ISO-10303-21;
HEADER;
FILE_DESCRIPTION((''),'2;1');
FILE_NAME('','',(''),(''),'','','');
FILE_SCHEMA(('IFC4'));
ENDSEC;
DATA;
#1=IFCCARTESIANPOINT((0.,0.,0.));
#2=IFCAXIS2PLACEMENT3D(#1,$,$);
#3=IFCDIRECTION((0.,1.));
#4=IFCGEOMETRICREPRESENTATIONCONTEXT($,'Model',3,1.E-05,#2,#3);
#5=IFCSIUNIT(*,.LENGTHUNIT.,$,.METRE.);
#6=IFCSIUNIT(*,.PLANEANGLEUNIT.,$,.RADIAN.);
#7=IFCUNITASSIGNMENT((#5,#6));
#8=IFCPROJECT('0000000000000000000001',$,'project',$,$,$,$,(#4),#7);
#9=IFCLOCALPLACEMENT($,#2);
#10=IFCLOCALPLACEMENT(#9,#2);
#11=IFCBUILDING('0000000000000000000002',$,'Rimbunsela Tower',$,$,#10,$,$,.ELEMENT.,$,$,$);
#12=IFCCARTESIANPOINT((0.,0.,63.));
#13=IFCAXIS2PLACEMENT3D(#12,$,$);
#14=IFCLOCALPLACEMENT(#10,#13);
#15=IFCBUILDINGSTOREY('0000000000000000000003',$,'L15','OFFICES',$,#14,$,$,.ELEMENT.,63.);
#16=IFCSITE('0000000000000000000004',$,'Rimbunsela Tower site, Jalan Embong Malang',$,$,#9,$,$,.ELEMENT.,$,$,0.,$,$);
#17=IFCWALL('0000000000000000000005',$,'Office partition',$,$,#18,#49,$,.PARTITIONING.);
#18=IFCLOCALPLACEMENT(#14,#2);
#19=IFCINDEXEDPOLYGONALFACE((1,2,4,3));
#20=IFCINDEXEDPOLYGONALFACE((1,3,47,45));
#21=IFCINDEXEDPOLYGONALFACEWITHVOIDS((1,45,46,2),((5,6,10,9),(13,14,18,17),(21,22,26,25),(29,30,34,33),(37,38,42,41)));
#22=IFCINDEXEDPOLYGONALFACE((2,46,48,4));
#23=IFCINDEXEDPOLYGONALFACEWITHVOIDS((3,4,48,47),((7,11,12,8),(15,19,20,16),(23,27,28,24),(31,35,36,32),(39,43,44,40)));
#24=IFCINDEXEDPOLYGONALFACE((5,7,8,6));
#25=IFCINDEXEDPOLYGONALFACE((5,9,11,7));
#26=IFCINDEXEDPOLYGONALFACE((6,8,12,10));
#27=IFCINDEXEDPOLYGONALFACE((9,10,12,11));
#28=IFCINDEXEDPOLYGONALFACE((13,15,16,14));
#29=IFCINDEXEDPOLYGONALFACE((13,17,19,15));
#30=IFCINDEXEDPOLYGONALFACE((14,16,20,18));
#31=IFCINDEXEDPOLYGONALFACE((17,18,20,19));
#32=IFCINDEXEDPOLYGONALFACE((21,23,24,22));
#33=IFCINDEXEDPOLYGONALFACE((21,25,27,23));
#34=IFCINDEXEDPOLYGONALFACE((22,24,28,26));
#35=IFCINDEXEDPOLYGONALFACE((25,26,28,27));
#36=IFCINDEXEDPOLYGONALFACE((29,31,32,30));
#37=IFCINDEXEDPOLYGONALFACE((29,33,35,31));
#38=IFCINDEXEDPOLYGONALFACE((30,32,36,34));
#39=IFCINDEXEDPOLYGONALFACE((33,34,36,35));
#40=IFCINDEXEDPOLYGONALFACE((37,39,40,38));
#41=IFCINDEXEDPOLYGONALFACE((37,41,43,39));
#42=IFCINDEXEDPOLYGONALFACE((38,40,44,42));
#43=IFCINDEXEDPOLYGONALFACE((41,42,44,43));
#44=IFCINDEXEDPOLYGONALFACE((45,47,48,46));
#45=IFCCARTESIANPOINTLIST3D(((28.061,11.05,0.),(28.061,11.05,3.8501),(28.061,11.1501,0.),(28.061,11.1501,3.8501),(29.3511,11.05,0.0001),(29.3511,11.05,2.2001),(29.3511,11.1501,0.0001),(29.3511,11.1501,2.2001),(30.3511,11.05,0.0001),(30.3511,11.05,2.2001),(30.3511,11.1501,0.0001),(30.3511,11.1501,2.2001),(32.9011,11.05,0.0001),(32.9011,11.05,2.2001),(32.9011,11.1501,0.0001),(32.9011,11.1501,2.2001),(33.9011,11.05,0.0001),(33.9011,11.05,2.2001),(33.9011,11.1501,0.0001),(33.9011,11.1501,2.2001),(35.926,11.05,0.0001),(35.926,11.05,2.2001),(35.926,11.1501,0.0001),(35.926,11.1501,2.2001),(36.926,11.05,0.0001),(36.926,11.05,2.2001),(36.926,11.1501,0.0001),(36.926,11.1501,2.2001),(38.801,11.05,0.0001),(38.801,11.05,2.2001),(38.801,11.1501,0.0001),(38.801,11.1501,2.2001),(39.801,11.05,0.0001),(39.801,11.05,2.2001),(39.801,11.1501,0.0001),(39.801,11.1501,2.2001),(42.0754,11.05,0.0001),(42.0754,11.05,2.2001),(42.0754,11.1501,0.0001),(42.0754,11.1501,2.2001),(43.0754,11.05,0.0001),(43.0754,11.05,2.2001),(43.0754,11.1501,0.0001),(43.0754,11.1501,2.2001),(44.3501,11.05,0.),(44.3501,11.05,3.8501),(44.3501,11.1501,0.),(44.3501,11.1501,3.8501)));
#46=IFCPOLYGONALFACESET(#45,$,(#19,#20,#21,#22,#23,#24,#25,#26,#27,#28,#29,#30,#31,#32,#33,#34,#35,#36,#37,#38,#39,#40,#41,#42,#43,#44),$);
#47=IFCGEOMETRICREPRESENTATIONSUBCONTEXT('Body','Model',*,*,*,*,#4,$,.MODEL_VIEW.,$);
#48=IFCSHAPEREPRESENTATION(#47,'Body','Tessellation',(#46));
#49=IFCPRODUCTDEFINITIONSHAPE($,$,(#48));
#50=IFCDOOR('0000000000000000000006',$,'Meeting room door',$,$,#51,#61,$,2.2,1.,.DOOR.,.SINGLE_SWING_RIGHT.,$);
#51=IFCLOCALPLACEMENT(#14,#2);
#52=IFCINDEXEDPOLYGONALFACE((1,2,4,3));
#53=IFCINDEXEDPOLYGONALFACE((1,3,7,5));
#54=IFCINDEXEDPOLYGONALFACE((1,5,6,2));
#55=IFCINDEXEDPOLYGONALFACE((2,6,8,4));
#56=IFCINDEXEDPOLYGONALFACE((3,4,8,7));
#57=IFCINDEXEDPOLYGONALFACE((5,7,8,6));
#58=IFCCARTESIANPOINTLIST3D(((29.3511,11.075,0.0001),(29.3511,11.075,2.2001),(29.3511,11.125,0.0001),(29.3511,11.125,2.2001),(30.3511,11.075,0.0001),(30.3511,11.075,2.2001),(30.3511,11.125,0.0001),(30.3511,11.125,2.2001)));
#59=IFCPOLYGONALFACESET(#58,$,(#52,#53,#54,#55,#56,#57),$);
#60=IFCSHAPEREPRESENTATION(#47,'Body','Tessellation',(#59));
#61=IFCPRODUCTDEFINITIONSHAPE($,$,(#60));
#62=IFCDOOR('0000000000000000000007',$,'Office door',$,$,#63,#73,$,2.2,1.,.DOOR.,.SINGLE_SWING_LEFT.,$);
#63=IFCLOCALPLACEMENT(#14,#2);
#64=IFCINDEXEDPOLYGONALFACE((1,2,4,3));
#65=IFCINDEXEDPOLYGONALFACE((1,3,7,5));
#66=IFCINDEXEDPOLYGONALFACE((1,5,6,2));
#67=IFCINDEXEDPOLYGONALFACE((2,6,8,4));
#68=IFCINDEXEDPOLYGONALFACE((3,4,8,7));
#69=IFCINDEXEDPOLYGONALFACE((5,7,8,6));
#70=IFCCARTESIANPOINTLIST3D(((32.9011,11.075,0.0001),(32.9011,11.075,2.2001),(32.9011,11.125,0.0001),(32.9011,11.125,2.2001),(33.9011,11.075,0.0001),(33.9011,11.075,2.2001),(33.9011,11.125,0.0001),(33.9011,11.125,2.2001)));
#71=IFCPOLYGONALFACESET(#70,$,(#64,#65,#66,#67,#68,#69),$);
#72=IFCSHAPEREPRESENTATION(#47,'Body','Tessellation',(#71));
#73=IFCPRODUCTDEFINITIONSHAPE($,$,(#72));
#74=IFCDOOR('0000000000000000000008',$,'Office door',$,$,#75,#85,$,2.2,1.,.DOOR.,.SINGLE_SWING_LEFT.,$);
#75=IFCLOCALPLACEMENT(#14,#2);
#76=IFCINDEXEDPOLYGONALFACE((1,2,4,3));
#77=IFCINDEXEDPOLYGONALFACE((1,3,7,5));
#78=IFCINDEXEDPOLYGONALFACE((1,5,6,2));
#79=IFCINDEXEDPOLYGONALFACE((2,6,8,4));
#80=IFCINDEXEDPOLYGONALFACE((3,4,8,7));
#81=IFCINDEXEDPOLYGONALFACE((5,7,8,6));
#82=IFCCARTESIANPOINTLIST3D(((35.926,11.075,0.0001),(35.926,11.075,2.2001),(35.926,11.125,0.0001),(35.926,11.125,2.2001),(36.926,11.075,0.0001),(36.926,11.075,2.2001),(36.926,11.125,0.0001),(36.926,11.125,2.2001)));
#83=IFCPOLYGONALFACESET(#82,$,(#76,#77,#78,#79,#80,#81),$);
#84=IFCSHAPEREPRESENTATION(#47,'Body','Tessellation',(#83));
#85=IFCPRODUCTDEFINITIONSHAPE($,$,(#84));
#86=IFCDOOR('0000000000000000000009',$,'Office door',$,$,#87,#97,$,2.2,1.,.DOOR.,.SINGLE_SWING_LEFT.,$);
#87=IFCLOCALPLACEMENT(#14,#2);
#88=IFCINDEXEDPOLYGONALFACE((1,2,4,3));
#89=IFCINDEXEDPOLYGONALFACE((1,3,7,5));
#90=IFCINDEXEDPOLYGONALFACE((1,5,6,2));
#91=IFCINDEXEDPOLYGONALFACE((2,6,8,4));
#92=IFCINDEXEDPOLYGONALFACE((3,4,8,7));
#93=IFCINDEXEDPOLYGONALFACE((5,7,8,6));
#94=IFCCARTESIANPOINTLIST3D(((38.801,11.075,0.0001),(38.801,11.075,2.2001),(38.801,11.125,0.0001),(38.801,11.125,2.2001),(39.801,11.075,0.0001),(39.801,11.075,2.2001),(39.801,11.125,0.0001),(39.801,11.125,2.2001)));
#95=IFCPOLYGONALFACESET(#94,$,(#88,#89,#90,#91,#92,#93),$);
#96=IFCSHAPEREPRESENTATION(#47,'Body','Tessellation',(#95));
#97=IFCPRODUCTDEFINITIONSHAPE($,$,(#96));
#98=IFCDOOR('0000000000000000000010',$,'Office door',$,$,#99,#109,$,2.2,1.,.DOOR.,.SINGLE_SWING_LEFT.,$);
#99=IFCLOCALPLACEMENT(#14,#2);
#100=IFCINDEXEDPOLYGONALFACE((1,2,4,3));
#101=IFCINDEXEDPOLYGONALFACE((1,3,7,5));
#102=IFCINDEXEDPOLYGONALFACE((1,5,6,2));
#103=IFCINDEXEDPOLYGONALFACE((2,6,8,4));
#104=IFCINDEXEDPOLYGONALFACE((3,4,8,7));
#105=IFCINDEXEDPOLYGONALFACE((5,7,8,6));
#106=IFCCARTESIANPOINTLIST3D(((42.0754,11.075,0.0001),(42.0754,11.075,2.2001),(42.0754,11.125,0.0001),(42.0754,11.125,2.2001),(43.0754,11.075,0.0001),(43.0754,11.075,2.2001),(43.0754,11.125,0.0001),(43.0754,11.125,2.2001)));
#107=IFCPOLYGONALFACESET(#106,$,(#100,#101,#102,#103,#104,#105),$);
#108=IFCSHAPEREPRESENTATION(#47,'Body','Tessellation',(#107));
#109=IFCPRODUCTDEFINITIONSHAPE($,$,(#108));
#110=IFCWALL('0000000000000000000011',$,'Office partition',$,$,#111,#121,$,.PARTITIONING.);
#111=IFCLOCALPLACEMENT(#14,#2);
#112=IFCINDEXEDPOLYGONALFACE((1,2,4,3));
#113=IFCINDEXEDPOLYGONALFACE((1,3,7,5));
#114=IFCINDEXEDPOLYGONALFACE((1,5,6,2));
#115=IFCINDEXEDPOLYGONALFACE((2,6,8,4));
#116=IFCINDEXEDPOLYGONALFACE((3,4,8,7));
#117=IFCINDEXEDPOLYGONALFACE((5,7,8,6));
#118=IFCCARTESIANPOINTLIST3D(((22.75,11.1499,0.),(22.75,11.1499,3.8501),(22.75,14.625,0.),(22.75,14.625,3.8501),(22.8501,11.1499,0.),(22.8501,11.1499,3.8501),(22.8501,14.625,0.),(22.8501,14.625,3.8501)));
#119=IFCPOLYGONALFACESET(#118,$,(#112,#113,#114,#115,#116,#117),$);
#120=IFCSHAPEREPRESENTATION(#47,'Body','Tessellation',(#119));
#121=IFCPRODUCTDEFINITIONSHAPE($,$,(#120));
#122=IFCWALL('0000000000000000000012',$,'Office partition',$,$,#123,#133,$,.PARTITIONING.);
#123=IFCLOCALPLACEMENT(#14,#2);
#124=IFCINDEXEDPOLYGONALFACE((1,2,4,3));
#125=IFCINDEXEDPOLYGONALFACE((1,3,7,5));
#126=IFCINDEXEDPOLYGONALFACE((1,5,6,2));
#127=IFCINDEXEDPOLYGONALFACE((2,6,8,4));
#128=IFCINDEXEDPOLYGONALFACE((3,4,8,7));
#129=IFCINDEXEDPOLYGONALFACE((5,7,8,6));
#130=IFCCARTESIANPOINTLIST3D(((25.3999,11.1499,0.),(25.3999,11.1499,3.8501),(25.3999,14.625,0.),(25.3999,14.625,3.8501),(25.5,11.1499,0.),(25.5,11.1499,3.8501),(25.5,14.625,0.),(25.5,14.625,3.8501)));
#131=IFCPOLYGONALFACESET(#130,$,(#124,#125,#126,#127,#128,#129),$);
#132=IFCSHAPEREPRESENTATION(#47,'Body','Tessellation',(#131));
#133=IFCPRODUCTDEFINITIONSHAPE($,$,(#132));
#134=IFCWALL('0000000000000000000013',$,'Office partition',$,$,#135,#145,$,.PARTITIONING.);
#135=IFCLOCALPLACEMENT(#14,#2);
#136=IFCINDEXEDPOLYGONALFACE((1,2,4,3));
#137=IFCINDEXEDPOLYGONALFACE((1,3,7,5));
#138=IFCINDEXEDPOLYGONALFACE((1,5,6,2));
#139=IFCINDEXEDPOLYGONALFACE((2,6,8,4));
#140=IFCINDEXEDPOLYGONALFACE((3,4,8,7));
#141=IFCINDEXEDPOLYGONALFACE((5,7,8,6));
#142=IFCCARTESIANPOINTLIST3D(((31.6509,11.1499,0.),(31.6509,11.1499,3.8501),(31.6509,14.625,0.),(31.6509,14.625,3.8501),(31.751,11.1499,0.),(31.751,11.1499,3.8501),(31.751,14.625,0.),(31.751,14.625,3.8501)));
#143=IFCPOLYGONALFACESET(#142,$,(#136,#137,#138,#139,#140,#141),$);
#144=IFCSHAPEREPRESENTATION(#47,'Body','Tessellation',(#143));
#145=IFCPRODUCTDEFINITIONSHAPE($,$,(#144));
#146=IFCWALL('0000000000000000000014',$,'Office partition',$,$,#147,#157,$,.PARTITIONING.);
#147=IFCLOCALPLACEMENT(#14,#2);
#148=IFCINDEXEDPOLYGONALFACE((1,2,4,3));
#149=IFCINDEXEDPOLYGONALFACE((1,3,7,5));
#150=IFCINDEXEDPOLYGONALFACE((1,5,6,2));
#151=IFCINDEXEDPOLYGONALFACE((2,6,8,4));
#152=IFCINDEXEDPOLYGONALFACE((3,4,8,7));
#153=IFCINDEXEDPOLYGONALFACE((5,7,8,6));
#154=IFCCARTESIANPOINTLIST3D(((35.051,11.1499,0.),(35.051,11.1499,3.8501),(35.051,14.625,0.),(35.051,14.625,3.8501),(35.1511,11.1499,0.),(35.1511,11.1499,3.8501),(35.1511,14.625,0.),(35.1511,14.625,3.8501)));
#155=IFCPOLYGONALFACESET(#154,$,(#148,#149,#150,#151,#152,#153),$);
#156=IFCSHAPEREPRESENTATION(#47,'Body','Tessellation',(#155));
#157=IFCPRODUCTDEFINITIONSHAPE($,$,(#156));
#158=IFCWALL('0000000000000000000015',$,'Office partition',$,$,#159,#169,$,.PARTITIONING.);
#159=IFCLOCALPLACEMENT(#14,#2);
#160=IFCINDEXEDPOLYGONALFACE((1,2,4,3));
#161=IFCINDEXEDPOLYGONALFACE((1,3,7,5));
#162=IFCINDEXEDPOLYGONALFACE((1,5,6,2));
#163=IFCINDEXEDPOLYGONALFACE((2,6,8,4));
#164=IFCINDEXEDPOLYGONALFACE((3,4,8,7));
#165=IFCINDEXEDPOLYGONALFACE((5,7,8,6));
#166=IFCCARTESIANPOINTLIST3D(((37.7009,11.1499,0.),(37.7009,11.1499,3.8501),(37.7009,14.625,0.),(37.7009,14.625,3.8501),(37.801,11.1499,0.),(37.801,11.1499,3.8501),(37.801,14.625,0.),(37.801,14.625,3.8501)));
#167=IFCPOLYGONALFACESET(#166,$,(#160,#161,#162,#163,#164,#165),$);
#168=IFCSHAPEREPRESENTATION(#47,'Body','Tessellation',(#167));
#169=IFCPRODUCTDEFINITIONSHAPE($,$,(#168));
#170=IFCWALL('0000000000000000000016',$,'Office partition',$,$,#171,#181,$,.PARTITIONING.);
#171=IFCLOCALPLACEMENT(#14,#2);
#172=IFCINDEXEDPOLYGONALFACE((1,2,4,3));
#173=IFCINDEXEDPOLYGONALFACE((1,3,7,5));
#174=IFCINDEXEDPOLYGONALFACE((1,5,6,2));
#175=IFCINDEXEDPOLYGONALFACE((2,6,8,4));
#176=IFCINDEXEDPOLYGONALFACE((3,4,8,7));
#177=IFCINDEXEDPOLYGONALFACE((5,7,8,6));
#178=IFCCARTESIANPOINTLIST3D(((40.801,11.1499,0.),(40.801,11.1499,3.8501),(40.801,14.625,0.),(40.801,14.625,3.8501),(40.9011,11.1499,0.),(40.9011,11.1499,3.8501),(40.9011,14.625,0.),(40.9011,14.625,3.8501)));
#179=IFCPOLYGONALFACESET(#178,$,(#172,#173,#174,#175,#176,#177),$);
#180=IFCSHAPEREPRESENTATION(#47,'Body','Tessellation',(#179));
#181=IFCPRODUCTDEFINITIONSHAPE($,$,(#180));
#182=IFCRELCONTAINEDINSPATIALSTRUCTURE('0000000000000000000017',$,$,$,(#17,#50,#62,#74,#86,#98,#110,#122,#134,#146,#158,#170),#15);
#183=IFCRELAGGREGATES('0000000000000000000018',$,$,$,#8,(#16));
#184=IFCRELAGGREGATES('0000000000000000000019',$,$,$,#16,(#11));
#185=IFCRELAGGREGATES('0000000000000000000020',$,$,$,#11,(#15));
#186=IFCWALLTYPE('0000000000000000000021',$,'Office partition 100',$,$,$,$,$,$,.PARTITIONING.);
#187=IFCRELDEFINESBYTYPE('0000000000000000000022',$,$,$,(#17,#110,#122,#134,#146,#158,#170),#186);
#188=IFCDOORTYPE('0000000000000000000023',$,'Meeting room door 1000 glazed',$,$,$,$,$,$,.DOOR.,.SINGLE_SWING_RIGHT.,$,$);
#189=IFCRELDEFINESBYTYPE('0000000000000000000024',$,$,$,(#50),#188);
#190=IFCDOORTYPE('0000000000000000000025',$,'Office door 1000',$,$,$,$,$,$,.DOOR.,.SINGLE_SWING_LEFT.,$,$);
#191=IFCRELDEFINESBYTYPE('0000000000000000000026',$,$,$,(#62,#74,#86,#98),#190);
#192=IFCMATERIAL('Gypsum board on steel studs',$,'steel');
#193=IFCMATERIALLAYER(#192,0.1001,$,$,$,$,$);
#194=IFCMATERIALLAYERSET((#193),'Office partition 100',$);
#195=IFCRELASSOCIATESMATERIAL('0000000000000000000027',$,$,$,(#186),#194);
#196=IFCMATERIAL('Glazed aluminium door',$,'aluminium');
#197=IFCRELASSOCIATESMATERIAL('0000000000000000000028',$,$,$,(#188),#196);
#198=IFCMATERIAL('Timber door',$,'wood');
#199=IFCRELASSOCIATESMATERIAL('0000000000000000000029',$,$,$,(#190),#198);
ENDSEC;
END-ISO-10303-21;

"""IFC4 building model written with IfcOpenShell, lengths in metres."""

from ifc_helpers import new_model, si_unit, direction, frame, frame_2d, origin, place, context, subcontext, project, spatial, rectangle, extrude, material, layer, layer_set, type_object, element, fill, save


model = new_model("IFC4")

# Units and contexts
model_context = context("Model", 3, precision=1e-05, world=origin(), true_north=direction((0.0, 1.0)))
body_context = subcontext(model_context, "Body", "Model", "MODEL_VIEW")
ifc_project = project(units=[si_unit("LENGTHUNIT", "METRE"), si_unit("PLANEANGLEUNIT", "RADIAN")], contexts=[model_context])

# Site, building, storey
site_placement = place(None, origin())
site = spatial("IfcSite", under=ifc_project, at=site_placement, Name="Rimbunsela Tower site, Jalan Embong Malang", CompositionType="ELEMENT", RefElevation=0.0)
building_placement = place(site_placement, origin())
building = spatial("IfcBuilding", under=site, at=building_placement, Name="Rimbunsela Tower", CompositionType="ELEMENT")
storey_placement = place(building_placement, frame((0.0, 0.0, 63.0)))
storey = spatial("IfcBuildingStorey", under=building, at=storey_placement, Name="L15", Description="OFFICES", CompositionType="ELEMENT", Elevation=63.0)

# Wall, openings, doors
ifc_material_1 = material(Name="Gypsum board on steel studs", Category="steel")
ifc_layer = layer(ifc_material_1, 0.1001)
ifc_layer_set = layer_set([ifc_layer], Name="Office partition 100")
wall_type = type_object("IfcWallType", Name="Office partition 100", PredefinedType="PARTITIONING", material=ifc_layer_set)
wall_placement = place(storey_placement, frame((28.061, 11.1001, 0.0), z_axis=(0.0, 0.0, 1.0), x_axis=(1.0, 0.0, 0.0)))
wall = element("IfcWall", 1, at=wall_placement, inside=storey, type_object=wall_type, Name="Office partition", PredefinedType="PARTITIONING", context=body_context, shape_type="SweptSolid", body=[
    extrude(rectangle(XDim=16.2891, YDim=0.1001, at=frame_2d((8.1445, 0.0))), origin(), (0.0, 0.0, 1.0), 3.8501),
])
opening_1_placement = place(wall_placement, frame((1.29, 0.0, 0.0)))
opening_1 = element("IfcOpeningElement", 2, at=opening_1_placement, cuts=wall, PredefinedType="OPENING", context=body_context, shape_type="SweptSolid", body=[
    extrude(rectangle(XDim=1.0, YDim=2.2, at=frame_2d((0.5, 1.1001))), frame((0.0, 0.0601, 0.0), z_axis=(0.0, -1.0, 0.0), x_axis=(1.0, 0.0, 0.0)), (0.0, 0.0, 1.0), 0.1201),
])
opening_2_placement = place(wall_placement, frame((4.8401, 0.0, 0.0)))
opening_2 = element("IfcOpeningElement", 3, at=opening_2_placement, cuts=wall, PredefinedType="OPENING", context=body_context, shape_type="SweptSolid", body=[
    extrude(rectangle(XDim=1.0, YDim=2.2, at=frame_2d((0.5, 1.1001))), frame((0.0, 0.0601, 0.0), z_axis=(0.0, -1.0, 0.0), x_axis=(1.0, 0.0, 0.0)), (0.0, 0.0, 1.0), 0.1201),
])
opening_3_placement = place(wall_placement, frame((7.865, 0.0, 0.0)))
opening_3 = element("IfcOpeningElement", 4, at=opening_3_placement, cuts=wall, PredefinedType="OPENING", context=body_context, shape_type="SweptSolid", body=[
    extrude(rectangle(XDim=1.0, YDim=2.2, at=frame_2d((0.5, 1.1001))), frame((0.0, 0.0601, 0.0), z_axis=(0.0, -1.0, 0.0), x_axis=(1.0, 0.0, 0.0)), (0.0, 0.0, 1.0), 0.1201),
])
opening_4_placement = place(wall_placement, frame((10.74, 0.0, 0.0)))
opening_4 = element("IfcOpeningElement", 5, at=opening_4_placement, cuts=wall, PredefinedType="OPENING", context=body_context, shape_type="SweptSolid", body=[
    extrude(rectangle(XDim=1.0, YDim=2.2, at=frame_2d((0.5, 1.1001))), frame((0.0, 0.0601, 0.0), z_axis=(0.0, -1.0, 0.0), x_axis=(1.0, 0.0, 0.0)), (0.0, 0.0, 1.0), 0.1201),
])
opening_5_placement = place(wall_placement, frame((14.0144, 0.0, 0.0)))
opening_5 = element("IfcOpeningElement", 6, at=opening_5_placement, cuts=wall, PredefinedType="OPENING", context=body_context, shape_type="SweptSolid", body=[
    extrude(rectangle(XDim=1.0, YDim=2.2, at=frame_2d((0.5, 1.1001))), frame((0.0, 0.0601, 0.0), z_axis=(0.0, -1.0, 0.0), x_axis=(1.0, 0.0, 0.0)), (0.0, 0.0, 1.0), 0.1201),
])
ifc_material_2 = material(Name="Glazed aluminium door", Category="aluminium")
door_type_1 = type_object("IfcDoorType", Name="Meeting room door 1000 glazed", OperationType="SINGLE_SWING_RIGHT", PredefinedType="DOOR", material=ifc_material_2)
door_1_placement = place(opening_1_placement, origin())
door_1 = element("IfcDoor", 7, at=door_1_placement, inside=storey, type_object=door_type_1, Name="Meeting room door", OperationType="SINGLE_SWING_RIGHT", OverallHeight=2.2, OverallWidth=1.0, PredefinedType="DOOR", context=body_context, shape_type="SweptSolid", body=[
    extrude(rectangle(XDim=1.0, YDim=2.2, at=frame_2d((0.5, 1.1001))), frame((0.0, 0.0249, 0.0), z_axis=(0.0, -1.0, 0.0), x_axis=(1.0, 0.0, 0.0)), (0.0, 0.0, 1.0), 0.05),
])
fill(opening_1, door_1)
ifc_material_3 = material(Name="Timber door", Category="wood")
door_type_2 = type_object("IfcDoorType", Name="Office door 1000", OperationType="SINGLE_SWING_LEFT", PredefinedType="DOOR", material=ifc_material_3)
door_2_placement = place(opening_2_placement, origin())
door_2 = element("IfcDoor", 8, at=door_2_placement, inside=storey, type_object=door_type_2, Name="Office door", OperationType="SINGLE_SWING_LEFT", OverallHeight=2.2, OverallWidth=1.0, PredefinedType="DOOR", context=body_context, shape_type="SweptSolid", body=[
    extrude(rectangle(XDim=1.0, YDim=2.2, at=frame_2d((0.5, 1.1001))), frame((0.0, 0.0249, 0.0), z_axis=(0.0, -1.0, 0.0), x_axis=(1.0, 0.0, 0.0)), (0.0, 0.0, 1.0), 0.05),
])
fill(opening_2, door_2)
door_3_placement = place(opening_3_placement, origin())
door_3 = element("IfcDoor", 9, at=door_3_placement, inside=storey, type_object=door_type_2, Name="Office door", OperationType="SINGLE_SWING_LEFT", OverallHeight=2.2, OverallWidth=1.0, PredefinedType="DOOR", context=body_context, shape_type="SweptSolid", body=[
    extrude(rectangle(XDim=1.0, YDim=2.2, at=frame_2d((0.5, 1.1001))), frame((0.0, 0.0249, 0.0), z_axis=(0.0, -1.0, 0.0), x_axis=(1.0, 0.0, 0.0)), (0.0, 0.0, 1.0), 0.05),
])
fill(opening_3, door_3)
door_4_placement = place(opening_4_placement, origin())
door_4 = element("IfcDoor", 10, at=door_4_placement, inside=storey, type_object=door_type_2, Name="Office door", OperationType="SINGLE_SWING_LEFT", OverallHeight=2.2, OverallWidth=1.0, PredefinedType="DOOR", context=body_context, shape_type="SweptSolid", body=[
    extrude(rectangle(XDim=1.0, YDim=2.2, at=frame_2d((0.5, 1.1001))), frame((0.0, 0.0249, 0.0), z_axis=(0.0, -1.0, 0.0), x_axis=(1.0, 0.0, 0.0)), (0.0, 0.0, 1.0), 0.05),
])
fill(opening_4, door_4)
door_5_placement = place(opening_5_placement, origin())
door_5 = element("IfcDoor", 11, at=door_5_placement, inside=storey, type_object=door_type_2, Name="Office door", OperationType="SINGLE_SWING_LEFT", OverallHeight=2.2, OverallWidth=1.0, PredefinedType="DOOR", context=body_context, shape_type="SweptSolid", body=[
    extrude(rectangle(XDim=1.0, YDim=2.2, at=frame_2d((0.5, 1.1001))), frame((0.0, 0.0249, 0.0), z_axis=(0.0, -1.0, 0.0), x_axis=(1.0, 0.0, 0.0)), (0.0, 0.0, 1.0), 0.05),
])
fill(opening_5, door_5)

# Walls
for number, where, z_axis, x_axis, name in (
    (12, (22.8, 11.1499, 0.0), (0.0, 0.0, 1.0), (0.0, 1.0, 0.0), "Office partition"),
    (13, (25.45, 11.1499, 0.0), (0.0, 0.0, 1.0), (0.0, 1.0, 0.0), "Office partition"),
    (14, (31.7009, 11.1499, 0.0), (0.0, 0.0, 1.0), (0.0, 1.0, 0.0), "Office partition"),
    (15, (35.1011, 11.1499, 0.0), (0.0, 0.0, 1.0), (0.0, 1.0, 0.0), "Office partition"),
    (16, (37.751, 11.1499, 0.0), (0.0, 0.0, 1.0), (0.0, 1.0, 0.0), "Office partition"),
    (17, (40.8511, 11.1499, 0.0), (0.0, 0.0, 1.0), (0.0, 1.0, 0.0), "Office partition"),
):
    element("IfcWall", number, at=place(storey_placement, frame(where, z_axis=z_axis, x_axis=x_axis)), inside=storey, type_object=wall_type, Name=name, PredefinedType="PARTITIONING", context=body_context, shape_type="SweptSolid", body=[
        extrude(rectangle(XDim=3.4751, YDim=0.1001, at=frame_2d((1.7375, 0.0))), origin(), (0.0, 0.0, 1.0), 3.8501),
    ])

save(model, "model.ifc")
